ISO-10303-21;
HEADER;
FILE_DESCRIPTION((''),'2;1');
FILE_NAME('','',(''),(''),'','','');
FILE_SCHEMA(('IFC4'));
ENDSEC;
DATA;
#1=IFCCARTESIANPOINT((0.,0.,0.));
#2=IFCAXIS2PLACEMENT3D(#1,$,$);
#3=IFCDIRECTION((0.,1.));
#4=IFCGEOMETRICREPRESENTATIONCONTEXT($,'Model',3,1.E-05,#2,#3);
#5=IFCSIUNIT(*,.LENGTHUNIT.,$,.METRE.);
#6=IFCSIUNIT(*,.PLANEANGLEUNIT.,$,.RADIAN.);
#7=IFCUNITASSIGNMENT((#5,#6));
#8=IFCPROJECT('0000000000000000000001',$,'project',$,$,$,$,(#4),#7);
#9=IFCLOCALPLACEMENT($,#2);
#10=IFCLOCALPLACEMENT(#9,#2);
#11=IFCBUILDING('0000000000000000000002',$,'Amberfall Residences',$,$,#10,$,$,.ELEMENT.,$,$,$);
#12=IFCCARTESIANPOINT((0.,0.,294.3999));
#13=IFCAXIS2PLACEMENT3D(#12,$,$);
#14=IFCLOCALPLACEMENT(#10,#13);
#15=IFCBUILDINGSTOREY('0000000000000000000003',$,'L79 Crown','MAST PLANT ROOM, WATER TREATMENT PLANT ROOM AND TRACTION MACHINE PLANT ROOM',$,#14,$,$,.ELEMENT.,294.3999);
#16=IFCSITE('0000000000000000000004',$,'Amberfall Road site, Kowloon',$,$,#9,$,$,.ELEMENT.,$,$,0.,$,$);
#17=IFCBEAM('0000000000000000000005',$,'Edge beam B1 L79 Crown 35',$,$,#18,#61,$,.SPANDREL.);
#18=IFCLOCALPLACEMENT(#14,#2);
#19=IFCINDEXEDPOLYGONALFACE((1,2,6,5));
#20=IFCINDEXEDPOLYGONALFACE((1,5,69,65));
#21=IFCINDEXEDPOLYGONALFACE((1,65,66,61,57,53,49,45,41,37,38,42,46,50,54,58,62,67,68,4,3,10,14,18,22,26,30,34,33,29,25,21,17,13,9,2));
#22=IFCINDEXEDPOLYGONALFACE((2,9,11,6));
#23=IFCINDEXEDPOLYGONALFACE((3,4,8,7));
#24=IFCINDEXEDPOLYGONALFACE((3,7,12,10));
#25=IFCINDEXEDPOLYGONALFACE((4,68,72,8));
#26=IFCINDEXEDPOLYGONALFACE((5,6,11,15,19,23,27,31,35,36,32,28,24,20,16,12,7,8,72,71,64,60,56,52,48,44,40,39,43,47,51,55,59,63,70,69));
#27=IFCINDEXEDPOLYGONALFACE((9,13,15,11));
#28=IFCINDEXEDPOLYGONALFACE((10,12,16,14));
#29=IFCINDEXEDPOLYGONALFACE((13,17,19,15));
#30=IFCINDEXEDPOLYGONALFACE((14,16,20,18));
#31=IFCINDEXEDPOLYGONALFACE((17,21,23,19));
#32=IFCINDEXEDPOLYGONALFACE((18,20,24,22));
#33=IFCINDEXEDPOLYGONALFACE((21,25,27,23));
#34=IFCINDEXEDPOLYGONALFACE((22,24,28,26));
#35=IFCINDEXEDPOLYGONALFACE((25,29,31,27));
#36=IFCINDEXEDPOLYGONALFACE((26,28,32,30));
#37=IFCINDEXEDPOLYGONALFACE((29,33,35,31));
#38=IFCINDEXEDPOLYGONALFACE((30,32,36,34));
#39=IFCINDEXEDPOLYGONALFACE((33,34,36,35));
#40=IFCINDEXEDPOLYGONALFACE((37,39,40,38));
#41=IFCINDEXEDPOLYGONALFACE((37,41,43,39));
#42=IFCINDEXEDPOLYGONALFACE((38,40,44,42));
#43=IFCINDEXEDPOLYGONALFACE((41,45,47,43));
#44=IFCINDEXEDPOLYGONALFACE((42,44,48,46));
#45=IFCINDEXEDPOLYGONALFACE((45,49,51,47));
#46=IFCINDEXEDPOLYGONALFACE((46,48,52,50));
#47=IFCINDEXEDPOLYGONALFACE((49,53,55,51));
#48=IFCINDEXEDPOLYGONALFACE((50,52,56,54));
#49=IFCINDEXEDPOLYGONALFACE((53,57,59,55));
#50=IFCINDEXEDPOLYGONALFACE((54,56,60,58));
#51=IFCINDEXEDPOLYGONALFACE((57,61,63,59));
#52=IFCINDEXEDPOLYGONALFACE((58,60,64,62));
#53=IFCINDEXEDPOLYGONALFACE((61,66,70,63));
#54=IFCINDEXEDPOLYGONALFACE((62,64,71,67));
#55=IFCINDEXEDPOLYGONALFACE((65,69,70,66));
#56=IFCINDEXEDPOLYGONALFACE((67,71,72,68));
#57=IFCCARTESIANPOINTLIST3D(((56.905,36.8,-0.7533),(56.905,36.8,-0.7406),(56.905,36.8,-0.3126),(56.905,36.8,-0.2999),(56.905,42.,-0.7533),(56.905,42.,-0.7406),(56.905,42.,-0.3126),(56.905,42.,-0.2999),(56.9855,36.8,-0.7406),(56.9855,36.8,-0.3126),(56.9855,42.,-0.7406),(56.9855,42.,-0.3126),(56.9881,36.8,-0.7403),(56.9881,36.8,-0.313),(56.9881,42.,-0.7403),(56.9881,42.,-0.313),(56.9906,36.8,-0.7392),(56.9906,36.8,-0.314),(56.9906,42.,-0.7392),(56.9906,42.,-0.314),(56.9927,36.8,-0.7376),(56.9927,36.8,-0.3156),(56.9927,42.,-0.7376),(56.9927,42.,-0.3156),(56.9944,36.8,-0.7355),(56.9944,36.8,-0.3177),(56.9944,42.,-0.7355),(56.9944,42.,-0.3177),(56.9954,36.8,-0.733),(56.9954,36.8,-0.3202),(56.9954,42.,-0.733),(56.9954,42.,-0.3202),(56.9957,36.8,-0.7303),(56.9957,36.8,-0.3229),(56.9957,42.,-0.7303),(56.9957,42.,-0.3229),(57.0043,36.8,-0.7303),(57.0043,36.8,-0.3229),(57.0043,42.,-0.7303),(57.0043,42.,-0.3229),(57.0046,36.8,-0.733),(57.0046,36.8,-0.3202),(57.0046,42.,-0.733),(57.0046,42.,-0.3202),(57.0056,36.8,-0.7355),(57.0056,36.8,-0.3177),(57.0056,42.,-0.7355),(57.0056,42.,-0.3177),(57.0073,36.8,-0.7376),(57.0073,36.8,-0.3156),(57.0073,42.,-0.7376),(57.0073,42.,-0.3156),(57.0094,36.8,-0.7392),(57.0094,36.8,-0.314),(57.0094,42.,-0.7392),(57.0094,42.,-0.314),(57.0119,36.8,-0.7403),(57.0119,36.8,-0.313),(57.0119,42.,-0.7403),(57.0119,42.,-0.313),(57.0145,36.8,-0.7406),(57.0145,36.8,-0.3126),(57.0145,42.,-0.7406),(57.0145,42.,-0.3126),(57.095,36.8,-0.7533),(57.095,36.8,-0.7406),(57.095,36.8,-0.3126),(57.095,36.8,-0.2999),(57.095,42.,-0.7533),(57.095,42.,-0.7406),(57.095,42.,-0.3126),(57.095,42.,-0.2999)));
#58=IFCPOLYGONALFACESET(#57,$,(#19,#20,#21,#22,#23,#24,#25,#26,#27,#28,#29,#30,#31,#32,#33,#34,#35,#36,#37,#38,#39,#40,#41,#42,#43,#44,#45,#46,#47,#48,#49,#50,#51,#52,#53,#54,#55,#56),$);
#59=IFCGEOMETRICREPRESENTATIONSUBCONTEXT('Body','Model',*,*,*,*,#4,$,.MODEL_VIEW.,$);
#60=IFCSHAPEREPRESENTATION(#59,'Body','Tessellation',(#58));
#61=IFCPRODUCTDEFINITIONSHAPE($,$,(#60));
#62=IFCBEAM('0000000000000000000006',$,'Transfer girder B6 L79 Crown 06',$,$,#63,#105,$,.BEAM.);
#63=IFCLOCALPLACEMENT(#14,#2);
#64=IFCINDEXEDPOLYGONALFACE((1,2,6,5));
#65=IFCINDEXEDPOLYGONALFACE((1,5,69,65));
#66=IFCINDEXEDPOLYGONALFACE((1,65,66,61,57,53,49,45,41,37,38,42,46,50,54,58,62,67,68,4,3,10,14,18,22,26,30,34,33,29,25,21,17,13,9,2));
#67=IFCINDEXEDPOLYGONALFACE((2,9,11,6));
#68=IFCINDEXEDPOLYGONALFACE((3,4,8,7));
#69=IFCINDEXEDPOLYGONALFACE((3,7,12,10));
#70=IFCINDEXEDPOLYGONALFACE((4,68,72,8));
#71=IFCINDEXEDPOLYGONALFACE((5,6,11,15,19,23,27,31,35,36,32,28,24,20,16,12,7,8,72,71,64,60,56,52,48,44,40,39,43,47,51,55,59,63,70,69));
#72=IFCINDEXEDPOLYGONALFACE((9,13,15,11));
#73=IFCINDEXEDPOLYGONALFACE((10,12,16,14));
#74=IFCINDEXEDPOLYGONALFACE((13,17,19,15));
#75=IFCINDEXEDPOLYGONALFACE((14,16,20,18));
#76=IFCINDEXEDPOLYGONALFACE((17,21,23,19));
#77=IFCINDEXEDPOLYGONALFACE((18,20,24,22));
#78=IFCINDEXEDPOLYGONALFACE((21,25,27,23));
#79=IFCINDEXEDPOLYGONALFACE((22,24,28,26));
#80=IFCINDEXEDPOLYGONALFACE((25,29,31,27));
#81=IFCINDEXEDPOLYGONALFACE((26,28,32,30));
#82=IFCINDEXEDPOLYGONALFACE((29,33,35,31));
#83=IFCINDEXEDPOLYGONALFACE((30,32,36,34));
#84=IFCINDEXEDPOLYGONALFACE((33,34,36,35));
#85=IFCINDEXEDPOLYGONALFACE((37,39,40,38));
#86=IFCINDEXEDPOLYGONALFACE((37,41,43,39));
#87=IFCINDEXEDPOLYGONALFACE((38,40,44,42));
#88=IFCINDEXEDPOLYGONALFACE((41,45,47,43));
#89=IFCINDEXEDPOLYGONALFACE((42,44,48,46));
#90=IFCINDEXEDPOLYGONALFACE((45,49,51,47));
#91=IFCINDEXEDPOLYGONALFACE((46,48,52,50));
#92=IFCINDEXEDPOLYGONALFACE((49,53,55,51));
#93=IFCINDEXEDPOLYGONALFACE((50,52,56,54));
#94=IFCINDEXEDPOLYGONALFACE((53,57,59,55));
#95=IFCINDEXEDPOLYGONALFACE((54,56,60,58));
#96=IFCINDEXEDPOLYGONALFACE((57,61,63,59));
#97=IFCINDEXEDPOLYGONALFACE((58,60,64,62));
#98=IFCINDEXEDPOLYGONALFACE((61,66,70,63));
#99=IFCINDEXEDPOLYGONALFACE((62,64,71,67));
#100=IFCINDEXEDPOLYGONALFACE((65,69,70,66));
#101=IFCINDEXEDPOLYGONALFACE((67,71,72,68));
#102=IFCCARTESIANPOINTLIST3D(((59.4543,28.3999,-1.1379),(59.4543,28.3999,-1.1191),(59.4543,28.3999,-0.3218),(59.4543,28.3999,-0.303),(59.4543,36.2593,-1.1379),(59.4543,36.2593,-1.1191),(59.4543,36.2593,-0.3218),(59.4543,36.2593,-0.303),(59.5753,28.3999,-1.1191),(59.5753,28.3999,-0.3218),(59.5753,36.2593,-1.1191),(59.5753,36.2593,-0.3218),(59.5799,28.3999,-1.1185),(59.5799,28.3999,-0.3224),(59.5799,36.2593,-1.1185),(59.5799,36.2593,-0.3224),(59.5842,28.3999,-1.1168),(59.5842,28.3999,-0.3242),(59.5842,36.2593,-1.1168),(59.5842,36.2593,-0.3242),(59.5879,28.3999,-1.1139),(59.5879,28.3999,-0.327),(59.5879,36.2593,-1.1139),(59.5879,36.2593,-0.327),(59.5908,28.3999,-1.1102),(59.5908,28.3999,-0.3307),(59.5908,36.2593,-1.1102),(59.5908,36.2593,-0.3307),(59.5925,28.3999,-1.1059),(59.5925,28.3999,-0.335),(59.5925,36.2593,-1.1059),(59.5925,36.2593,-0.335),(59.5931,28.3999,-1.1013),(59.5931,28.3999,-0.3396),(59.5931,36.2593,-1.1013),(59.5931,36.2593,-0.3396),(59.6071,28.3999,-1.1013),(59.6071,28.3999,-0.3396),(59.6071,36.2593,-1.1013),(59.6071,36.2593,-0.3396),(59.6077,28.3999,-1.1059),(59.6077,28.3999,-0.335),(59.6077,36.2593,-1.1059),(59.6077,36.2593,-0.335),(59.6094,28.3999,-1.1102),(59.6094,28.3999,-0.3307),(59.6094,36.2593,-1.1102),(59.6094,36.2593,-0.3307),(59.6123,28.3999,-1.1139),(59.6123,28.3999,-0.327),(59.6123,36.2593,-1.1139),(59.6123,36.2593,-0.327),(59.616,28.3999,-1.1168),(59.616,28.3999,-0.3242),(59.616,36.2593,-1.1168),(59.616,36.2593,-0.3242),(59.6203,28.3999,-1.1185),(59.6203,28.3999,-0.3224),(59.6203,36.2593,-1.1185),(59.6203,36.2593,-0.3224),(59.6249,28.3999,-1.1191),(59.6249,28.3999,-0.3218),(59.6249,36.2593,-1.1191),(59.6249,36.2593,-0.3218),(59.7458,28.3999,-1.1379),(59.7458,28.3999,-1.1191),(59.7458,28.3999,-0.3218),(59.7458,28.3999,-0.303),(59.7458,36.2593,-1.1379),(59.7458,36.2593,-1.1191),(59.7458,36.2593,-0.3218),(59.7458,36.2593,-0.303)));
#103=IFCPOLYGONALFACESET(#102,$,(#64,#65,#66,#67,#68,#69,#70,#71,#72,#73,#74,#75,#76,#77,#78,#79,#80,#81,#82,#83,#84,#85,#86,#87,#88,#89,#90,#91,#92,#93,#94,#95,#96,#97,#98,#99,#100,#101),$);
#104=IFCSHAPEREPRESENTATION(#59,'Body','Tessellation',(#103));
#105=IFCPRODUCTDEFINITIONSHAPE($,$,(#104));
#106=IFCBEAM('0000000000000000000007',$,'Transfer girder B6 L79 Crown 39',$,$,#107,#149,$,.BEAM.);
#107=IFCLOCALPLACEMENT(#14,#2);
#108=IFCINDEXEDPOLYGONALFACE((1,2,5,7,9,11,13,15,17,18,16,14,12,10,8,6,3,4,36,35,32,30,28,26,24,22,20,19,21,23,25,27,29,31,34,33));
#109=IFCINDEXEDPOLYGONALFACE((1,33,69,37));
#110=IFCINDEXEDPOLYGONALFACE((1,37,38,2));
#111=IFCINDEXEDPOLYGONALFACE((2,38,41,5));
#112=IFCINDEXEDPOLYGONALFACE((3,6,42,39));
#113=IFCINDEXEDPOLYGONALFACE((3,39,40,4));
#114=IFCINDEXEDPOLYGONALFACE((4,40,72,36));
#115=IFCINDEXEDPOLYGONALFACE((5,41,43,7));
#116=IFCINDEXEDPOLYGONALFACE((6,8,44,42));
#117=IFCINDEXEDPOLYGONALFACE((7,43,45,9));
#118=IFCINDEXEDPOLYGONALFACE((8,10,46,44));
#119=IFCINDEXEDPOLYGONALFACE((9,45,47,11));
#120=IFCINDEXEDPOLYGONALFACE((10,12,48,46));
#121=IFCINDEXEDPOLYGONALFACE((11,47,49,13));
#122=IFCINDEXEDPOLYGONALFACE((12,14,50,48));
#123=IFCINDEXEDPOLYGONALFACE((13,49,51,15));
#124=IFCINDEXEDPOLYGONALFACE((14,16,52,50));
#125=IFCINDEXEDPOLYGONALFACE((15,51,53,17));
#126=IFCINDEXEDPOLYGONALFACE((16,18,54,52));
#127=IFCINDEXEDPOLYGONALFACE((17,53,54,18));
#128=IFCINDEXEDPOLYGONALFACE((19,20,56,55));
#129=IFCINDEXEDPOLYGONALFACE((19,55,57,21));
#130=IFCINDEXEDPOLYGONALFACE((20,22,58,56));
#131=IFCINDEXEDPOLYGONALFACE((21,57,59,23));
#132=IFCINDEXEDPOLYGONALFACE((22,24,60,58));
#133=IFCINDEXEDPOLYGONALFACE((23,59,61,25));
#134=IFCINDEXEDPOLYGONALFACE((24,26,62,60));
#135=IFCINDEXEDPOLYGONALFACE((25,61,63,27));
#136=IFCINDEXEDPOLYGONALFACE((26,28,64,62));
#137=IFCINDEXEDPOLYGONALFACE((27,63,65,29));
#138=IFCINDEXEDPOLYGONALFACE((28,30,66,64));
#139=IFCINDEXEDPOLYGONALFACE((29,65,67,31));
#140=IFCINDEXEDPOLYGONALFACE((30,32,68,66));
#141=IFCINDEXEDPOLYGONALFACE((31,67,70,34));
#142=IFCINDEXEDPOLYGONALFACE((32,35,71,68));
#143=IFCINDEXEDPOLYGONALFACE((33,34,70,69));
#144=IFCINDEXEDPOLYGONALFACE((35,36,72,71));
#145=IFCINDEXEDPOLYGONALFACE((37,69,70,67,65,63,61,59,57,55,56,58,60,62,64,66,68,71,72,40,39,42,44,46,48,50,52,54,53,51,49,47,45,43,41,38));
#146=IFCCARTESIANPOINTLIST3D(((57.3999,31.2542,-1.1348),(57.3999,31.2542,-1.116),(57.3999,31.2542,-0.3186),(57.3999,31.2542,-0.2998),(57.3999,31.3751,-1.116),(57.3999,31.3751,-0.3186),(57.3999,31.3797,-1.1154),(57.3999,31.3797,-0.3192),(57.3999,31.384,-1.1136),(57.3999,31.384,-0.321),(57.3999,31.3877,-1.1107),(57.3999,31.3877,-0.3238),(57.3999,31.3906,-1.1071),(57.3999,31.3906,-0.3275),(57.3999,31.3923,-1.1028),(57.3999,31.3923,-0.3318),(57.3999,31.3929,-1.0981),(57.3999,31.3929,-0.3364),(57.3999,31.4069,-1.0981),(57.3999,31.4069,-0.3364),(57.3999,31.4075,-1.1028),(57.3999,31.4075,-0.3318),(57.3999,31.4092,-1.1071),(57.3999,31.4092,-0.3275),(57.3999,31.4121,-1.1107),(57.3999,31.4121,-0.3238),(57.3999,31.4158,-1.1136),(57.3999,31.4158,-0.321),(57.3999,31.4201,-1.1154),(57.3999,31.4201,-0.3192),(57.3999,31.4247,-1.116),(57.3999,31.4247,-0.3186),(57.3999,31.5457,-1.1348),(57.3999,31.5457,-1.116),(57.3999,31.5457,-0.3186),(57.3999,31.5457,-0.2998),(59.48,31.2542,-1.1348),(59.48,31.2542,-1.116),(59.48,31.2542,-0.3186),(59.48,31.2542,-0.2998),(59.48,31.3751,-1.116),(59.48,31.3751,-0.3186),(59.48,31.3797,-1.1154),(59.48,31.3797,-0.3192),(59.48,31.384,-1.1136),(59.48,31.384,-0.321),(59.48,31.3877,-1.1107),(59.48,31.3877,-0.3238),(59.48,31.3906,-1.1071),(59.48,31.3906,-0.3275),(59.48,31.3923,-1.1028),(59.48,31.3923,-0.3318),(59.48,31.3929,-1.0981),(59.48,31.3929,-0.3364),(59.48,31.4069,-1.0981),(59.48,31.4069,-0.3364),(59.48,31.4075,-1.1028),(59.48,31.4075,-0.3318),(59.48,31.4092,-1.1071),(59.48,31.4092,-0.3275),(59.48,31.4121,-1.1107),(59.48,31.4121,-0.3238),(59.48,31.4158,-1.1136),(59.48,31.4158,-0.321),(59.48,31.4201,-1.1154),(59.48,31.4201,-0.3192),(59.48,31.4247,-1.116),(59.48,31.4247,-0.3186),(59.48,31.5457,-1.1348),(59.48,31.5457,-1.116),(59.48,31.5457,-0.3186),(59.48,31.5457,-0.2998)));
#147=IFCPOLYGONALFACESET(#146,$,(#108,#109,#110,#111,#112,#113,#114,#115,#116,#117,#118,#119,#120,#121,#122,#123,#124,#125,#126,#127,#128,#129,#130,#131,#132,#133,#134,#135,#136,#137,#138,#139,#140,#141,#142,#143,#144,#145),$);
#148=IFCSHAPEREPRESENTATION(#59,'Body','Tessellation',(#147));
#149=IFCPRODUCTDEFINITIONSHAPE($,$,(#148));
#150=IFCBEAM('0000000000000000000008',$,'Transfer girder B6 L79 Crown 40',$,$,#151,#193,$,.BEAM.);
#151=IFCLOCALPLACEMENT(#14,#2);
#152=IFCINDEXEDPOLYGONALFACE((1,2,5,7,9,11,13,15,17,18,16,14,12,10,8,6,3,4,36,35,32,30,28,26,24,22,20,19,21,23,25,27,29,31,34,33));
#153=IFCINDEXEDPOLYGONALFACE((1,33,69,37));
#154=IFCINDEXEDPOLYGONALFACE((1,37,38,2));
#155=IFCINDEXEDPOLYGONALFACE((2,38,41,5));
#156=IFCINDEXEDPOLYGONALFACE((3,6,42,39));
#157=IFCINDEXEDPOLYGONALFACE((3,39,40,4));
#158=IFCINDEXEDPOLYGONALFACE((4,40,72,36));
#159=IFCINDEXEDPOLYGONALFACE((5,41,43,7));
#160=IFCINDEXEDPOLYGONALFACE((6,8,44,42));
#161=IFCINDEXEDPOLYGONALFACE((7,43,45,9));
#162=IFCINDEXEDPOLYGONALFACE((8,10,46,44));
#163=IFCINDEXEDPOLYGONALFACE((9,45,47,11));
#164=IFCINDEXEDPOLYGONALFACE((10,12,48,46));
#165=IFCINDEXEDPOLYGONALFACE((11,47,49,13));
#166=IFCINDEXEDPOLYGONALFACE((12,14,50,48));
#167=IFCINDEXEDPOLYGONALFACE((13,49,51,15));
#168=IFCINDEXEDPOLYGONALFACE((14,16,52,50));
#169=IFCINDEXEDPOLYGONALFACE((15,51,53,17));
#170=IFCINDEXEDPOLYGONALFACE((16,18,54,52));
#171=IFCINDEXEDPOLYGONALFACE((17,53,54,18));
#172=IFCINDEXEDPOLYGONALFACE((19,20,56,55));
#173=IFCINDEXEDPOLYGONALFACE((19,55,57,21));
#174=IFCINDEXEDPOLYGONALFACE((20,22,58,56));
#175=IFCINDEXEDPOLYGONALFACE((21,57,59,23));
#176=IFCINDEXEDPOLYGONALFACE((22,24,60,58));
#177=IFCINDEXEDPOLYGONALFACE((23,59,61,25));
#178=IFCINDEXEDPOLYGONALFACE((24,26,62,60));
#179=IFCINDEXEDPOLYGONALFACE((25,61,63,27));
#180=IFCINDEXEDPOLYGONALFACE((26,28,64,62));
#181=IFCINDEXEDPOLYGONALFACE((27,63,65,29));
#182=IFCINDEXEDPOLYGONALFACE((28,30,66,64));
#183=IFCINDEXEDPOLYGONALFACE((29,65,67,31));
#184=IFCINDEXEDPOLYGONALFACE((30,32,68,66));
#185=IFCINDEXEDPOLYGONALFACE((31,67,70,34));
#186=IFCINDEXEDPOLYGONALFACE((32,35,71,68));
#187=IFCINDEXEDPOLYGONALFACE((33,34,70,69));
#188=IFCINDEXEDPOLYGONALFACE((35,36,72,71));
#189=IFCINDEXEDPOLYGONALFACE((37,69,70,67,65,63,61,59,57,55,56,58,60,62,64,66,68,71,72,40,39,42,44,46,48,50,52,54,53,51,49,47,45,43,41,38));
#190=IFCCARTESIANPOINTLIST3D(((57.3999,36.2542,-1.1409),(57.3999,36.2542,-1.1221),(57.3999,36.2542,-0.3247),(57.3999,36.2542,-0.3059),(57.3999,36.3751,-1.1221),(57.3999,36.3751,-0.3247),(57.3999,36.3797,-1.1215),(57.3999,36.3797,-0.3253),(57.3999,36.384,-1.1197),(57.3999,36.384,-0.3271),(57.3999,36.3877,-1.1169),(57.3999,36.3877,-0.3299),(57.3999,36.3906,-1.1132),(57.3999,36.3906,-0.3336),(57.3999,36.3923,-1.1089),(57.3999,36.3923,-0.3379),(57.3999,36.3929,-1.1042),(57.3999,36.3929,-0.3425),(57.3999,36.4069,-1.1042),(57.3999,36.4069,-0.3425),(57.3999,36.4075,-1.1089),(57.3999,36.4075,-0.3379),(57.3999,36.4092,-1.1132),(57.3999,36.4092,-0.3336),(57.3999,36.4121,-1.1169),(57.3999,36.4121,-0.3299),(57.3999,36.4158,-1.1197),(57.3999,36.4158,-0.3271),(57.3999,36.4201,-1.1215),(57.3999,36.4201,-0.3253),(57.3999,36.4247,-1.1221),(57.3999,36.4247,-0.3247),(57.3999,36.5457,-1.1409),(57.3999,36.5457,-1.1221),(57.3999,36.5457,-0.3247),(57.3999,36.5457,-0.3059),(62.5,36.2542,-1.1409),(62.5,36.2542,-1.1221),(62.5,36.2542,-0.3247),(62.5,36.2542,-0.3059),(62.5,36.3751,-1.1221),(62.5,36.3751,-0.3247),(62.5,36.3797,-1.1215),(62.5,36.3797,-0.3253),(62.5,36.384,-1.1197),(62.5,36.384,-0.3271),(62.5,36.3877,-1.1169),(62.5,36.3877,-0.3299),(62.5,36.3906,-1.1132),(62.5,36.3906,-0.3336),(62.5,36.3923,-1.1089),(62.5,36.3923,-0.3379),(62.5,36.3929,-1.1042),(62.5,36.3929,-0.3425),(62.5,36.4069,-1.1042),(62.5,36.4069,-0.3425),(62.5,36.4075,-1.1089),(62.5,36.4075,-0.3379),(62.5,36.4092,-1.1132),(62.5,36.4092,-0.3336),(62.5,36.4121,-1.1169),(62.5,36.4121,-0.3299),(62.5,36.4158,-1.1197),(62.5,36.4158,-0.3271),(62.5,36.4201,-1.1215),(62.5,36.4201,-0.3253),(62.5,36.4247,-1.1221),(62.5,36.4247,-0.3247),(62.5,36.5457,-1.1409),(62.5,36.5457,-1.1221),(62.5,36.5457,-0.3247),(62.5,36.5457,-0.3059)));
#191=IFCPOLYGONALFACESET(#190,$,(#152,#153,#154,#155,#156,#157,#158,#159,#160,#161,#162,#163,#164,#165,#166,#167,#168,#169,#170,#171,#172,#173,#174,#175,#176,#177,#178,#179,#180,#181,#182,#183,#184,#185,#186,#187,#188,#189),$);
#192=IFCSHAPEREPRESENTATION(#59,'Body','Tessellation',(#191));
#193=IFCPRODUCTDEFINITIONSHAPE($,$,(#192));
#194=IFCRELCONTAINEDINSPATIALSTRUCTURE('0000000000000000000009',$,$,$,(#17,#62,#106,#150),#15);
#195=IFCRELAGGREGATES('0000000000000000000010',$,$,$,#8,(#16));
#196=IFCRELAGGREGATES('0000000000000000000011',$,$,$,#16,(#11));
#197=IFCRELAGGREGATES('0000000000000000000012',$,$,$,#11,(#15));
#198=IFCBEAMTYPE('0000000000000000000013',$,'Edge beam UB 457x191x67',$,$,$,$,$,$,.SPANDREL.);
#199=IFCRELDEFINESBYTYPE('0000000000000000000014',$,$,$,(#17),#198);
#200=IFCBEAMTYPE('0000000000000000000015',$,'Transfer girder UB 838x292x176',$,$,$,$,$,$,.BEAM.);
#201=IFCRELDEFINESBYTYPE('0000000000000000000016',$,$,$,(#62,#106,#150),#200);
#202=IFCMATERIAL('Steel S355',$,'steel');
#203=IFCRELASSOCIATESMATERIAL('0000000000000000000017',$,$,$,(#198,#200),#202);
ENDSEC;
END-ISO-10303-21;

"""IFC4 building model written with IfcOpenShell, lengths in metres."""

from ifc_helpers import new_model, si_unit, direction, frame, origin, origin_2d, place, context, subcontext, project, spatial, i_section, extrude, material, material_profile, profile_set, type_object, element, save


model = new_model("IFC4")

# Units and contexts
model_context = context("Model", 3, precision=1e-05, world=origin(), true_north=direction((0.0, 1.0)))
body_context = subcontext(model_context, "Body", "Model", "MODEL_VIEW")
ifc_project = project(units=[si_unit("LENGTHUNIT", "METRE"), si_unit("PLANEANGLEUNIT", "RADIAN")], contexts=[model_context])

# Site, building, storey
site_placement = place(None, origin())
site = spatial("IfcSite", under=ifc_project, at=site_placement, Name="Amberfall Road site, Kowloon", CompositionType="ELEMENT", RefElevation=0.0)
building_placement = place(site_placement, origin())
building = spatial("IfcBuilding", under=site, at=building_placement, Name="Amberfall Residences", CompositionType="ELEMENT")
storey_placement = place(building_placement, frame((0.0, 0.0, 294.3999)))
storey = spatial("IfcBuildingStorey", under=building, at=storey_placement, Name="L79 Crown", Description="MAST PLANT ROOM, WATER TREATMENT PLANT ROOM AND TRACTION MACHINE PLANT ROOM", CompositionType="ELEMENT", Elevation=294.3999)

# Beams
ifc_material_1 = material(Name="Steel S355", Category="steel")
ifc_material_profile_1 = material_profile(ifc_material_1, i_section(OverallWidth=0.1899, OverallDepth=0.4534, WebThickness=0.0085, FlangeThickness=0.0127, FilletRadius=0.0103, at=origin_2d()), Name="UB 457x191x67")
ifc_profile_set_1 = profile_set([ifc_material_profile_1], Name="Steel S355")
beam_type_1 = type_object("IfcBeamType", Name="Edge beam UB 457x191x67", PredefinedType="SPANDREL", material=ifc_profile_set_1)
beam_1_placement = place(storey_placement, frame((57.0, 36.8, -0.5266), z_axis=(0.0, 1.0, 0.0), x_axis=(-1.0, 0.0, 0.0)))
element("IfcBeam", 1, at=beam_1_placement, inside=storey, type_object=beam_type_1, Name="Edge beam B1 L79 Crown 35", PredefinedType="SPANDREL", context=body_context, shape_type="SweptSolid", body=[
    extrude(i_section(OverallWidth=0.1899, OverallDepth=0.4534, WebThickness=0.0085, FlangeThickness=0.0127, FilletRadius=0.0103, at=origin_2d()), origin(), (0.0, 0.0, 1.0), 5.2),
])
ifc_material_profile_2 = material_profile(ifc_material_1, i_section(OverallWidth=0.2915, OverallDepth=0.835, WebThickness=0.0139, FlangeThickness=0.0188, FilletRadius=0.0178, at=origin_2d()), Name="UB 838x292x176")
ifc_profile_set_2 = profile_set([ifc_material_profile_2], Name="Steel S355")
beam_type_2 = type_object("IfcBeamType", Name="Transfer girder UB 838x292x176", PredefinedType="BEAM", material=ifc_profile_set_2)
beam_2_placement = place(storey_placement, frame((59.6001, 28.3999, -0.7205), z_axis=(0.0, 1.0, 0.0), x_axis=(-1.0, 0.0, 0.0)))
element("IfcBeam", 2, at=beam_2_placement, inside=storey, type_object=beam_type_2, Name="Transfer girder B6 L79 Crown 06", PredefinedType="BEAM", context=body_context, shape_type="SweptSolid", body=[
    extrude(i_section(OverallWidth=0.2915, OverallDepth=0.835, WebThickness=0.0139, FlangeThickness=0.0188, FilletRadius=0.0178, at=origin_2d()), origin(), (0.0, 0.0, 1.0), 7.8594),
])
beam_3_placement = place(storey_placement, frame((57.3999, 31.3999, -0.7173), z_axis=(1.0, 0.0, 0.0), x_axis=(0.0, 1.0, 0.0)))
element("IfcBeam", 3, at=beam_3_placement, inside=storey, type_object=beam_type_2, Name="Transfer girder B6 L79 Crown 39", PredefinedType="BEAM", context=body_context, shape_type="SweptSolid", body=[
    extrude(i_section(OverallWidth=0.2915, OverallDepth=0.835, WebThickness=0.0139, FlangeThickness=0.0188, FilletRadius=0.0178, at=origin_2d()), origin(), (0.0, 0.0, 1.0), 2.0801),
])
for number, where, z_axis, x_axis, name in (
    (4, (57.3999, 36.3999, -0.7234), (1.0, 0.0, 0.0), (0.0, 1.0, 0.0), "Transfer girder B6 L79 Crown 40"),
):
    element("IfcBeam", number, at=place(storey_placement, frame(where, z_axis=z_axis, x_axis=x_axis)), inside=storey, type_object=beam_type_2, Name=name, PredefinedType="BEAM", context=body_context, shape_type="SweptSolid", body=[
        extrude(i_section(OverallWidth=0.2915, OverallDepth=0.835, WebThickness=0.0139, FlangeThickness=0.0188, FilletRadius=0.0178, at=origin_2d()), origin(), (0.0, 0.0, 1.0), 5.1001),
    ])

save(model, "model.ifc")
